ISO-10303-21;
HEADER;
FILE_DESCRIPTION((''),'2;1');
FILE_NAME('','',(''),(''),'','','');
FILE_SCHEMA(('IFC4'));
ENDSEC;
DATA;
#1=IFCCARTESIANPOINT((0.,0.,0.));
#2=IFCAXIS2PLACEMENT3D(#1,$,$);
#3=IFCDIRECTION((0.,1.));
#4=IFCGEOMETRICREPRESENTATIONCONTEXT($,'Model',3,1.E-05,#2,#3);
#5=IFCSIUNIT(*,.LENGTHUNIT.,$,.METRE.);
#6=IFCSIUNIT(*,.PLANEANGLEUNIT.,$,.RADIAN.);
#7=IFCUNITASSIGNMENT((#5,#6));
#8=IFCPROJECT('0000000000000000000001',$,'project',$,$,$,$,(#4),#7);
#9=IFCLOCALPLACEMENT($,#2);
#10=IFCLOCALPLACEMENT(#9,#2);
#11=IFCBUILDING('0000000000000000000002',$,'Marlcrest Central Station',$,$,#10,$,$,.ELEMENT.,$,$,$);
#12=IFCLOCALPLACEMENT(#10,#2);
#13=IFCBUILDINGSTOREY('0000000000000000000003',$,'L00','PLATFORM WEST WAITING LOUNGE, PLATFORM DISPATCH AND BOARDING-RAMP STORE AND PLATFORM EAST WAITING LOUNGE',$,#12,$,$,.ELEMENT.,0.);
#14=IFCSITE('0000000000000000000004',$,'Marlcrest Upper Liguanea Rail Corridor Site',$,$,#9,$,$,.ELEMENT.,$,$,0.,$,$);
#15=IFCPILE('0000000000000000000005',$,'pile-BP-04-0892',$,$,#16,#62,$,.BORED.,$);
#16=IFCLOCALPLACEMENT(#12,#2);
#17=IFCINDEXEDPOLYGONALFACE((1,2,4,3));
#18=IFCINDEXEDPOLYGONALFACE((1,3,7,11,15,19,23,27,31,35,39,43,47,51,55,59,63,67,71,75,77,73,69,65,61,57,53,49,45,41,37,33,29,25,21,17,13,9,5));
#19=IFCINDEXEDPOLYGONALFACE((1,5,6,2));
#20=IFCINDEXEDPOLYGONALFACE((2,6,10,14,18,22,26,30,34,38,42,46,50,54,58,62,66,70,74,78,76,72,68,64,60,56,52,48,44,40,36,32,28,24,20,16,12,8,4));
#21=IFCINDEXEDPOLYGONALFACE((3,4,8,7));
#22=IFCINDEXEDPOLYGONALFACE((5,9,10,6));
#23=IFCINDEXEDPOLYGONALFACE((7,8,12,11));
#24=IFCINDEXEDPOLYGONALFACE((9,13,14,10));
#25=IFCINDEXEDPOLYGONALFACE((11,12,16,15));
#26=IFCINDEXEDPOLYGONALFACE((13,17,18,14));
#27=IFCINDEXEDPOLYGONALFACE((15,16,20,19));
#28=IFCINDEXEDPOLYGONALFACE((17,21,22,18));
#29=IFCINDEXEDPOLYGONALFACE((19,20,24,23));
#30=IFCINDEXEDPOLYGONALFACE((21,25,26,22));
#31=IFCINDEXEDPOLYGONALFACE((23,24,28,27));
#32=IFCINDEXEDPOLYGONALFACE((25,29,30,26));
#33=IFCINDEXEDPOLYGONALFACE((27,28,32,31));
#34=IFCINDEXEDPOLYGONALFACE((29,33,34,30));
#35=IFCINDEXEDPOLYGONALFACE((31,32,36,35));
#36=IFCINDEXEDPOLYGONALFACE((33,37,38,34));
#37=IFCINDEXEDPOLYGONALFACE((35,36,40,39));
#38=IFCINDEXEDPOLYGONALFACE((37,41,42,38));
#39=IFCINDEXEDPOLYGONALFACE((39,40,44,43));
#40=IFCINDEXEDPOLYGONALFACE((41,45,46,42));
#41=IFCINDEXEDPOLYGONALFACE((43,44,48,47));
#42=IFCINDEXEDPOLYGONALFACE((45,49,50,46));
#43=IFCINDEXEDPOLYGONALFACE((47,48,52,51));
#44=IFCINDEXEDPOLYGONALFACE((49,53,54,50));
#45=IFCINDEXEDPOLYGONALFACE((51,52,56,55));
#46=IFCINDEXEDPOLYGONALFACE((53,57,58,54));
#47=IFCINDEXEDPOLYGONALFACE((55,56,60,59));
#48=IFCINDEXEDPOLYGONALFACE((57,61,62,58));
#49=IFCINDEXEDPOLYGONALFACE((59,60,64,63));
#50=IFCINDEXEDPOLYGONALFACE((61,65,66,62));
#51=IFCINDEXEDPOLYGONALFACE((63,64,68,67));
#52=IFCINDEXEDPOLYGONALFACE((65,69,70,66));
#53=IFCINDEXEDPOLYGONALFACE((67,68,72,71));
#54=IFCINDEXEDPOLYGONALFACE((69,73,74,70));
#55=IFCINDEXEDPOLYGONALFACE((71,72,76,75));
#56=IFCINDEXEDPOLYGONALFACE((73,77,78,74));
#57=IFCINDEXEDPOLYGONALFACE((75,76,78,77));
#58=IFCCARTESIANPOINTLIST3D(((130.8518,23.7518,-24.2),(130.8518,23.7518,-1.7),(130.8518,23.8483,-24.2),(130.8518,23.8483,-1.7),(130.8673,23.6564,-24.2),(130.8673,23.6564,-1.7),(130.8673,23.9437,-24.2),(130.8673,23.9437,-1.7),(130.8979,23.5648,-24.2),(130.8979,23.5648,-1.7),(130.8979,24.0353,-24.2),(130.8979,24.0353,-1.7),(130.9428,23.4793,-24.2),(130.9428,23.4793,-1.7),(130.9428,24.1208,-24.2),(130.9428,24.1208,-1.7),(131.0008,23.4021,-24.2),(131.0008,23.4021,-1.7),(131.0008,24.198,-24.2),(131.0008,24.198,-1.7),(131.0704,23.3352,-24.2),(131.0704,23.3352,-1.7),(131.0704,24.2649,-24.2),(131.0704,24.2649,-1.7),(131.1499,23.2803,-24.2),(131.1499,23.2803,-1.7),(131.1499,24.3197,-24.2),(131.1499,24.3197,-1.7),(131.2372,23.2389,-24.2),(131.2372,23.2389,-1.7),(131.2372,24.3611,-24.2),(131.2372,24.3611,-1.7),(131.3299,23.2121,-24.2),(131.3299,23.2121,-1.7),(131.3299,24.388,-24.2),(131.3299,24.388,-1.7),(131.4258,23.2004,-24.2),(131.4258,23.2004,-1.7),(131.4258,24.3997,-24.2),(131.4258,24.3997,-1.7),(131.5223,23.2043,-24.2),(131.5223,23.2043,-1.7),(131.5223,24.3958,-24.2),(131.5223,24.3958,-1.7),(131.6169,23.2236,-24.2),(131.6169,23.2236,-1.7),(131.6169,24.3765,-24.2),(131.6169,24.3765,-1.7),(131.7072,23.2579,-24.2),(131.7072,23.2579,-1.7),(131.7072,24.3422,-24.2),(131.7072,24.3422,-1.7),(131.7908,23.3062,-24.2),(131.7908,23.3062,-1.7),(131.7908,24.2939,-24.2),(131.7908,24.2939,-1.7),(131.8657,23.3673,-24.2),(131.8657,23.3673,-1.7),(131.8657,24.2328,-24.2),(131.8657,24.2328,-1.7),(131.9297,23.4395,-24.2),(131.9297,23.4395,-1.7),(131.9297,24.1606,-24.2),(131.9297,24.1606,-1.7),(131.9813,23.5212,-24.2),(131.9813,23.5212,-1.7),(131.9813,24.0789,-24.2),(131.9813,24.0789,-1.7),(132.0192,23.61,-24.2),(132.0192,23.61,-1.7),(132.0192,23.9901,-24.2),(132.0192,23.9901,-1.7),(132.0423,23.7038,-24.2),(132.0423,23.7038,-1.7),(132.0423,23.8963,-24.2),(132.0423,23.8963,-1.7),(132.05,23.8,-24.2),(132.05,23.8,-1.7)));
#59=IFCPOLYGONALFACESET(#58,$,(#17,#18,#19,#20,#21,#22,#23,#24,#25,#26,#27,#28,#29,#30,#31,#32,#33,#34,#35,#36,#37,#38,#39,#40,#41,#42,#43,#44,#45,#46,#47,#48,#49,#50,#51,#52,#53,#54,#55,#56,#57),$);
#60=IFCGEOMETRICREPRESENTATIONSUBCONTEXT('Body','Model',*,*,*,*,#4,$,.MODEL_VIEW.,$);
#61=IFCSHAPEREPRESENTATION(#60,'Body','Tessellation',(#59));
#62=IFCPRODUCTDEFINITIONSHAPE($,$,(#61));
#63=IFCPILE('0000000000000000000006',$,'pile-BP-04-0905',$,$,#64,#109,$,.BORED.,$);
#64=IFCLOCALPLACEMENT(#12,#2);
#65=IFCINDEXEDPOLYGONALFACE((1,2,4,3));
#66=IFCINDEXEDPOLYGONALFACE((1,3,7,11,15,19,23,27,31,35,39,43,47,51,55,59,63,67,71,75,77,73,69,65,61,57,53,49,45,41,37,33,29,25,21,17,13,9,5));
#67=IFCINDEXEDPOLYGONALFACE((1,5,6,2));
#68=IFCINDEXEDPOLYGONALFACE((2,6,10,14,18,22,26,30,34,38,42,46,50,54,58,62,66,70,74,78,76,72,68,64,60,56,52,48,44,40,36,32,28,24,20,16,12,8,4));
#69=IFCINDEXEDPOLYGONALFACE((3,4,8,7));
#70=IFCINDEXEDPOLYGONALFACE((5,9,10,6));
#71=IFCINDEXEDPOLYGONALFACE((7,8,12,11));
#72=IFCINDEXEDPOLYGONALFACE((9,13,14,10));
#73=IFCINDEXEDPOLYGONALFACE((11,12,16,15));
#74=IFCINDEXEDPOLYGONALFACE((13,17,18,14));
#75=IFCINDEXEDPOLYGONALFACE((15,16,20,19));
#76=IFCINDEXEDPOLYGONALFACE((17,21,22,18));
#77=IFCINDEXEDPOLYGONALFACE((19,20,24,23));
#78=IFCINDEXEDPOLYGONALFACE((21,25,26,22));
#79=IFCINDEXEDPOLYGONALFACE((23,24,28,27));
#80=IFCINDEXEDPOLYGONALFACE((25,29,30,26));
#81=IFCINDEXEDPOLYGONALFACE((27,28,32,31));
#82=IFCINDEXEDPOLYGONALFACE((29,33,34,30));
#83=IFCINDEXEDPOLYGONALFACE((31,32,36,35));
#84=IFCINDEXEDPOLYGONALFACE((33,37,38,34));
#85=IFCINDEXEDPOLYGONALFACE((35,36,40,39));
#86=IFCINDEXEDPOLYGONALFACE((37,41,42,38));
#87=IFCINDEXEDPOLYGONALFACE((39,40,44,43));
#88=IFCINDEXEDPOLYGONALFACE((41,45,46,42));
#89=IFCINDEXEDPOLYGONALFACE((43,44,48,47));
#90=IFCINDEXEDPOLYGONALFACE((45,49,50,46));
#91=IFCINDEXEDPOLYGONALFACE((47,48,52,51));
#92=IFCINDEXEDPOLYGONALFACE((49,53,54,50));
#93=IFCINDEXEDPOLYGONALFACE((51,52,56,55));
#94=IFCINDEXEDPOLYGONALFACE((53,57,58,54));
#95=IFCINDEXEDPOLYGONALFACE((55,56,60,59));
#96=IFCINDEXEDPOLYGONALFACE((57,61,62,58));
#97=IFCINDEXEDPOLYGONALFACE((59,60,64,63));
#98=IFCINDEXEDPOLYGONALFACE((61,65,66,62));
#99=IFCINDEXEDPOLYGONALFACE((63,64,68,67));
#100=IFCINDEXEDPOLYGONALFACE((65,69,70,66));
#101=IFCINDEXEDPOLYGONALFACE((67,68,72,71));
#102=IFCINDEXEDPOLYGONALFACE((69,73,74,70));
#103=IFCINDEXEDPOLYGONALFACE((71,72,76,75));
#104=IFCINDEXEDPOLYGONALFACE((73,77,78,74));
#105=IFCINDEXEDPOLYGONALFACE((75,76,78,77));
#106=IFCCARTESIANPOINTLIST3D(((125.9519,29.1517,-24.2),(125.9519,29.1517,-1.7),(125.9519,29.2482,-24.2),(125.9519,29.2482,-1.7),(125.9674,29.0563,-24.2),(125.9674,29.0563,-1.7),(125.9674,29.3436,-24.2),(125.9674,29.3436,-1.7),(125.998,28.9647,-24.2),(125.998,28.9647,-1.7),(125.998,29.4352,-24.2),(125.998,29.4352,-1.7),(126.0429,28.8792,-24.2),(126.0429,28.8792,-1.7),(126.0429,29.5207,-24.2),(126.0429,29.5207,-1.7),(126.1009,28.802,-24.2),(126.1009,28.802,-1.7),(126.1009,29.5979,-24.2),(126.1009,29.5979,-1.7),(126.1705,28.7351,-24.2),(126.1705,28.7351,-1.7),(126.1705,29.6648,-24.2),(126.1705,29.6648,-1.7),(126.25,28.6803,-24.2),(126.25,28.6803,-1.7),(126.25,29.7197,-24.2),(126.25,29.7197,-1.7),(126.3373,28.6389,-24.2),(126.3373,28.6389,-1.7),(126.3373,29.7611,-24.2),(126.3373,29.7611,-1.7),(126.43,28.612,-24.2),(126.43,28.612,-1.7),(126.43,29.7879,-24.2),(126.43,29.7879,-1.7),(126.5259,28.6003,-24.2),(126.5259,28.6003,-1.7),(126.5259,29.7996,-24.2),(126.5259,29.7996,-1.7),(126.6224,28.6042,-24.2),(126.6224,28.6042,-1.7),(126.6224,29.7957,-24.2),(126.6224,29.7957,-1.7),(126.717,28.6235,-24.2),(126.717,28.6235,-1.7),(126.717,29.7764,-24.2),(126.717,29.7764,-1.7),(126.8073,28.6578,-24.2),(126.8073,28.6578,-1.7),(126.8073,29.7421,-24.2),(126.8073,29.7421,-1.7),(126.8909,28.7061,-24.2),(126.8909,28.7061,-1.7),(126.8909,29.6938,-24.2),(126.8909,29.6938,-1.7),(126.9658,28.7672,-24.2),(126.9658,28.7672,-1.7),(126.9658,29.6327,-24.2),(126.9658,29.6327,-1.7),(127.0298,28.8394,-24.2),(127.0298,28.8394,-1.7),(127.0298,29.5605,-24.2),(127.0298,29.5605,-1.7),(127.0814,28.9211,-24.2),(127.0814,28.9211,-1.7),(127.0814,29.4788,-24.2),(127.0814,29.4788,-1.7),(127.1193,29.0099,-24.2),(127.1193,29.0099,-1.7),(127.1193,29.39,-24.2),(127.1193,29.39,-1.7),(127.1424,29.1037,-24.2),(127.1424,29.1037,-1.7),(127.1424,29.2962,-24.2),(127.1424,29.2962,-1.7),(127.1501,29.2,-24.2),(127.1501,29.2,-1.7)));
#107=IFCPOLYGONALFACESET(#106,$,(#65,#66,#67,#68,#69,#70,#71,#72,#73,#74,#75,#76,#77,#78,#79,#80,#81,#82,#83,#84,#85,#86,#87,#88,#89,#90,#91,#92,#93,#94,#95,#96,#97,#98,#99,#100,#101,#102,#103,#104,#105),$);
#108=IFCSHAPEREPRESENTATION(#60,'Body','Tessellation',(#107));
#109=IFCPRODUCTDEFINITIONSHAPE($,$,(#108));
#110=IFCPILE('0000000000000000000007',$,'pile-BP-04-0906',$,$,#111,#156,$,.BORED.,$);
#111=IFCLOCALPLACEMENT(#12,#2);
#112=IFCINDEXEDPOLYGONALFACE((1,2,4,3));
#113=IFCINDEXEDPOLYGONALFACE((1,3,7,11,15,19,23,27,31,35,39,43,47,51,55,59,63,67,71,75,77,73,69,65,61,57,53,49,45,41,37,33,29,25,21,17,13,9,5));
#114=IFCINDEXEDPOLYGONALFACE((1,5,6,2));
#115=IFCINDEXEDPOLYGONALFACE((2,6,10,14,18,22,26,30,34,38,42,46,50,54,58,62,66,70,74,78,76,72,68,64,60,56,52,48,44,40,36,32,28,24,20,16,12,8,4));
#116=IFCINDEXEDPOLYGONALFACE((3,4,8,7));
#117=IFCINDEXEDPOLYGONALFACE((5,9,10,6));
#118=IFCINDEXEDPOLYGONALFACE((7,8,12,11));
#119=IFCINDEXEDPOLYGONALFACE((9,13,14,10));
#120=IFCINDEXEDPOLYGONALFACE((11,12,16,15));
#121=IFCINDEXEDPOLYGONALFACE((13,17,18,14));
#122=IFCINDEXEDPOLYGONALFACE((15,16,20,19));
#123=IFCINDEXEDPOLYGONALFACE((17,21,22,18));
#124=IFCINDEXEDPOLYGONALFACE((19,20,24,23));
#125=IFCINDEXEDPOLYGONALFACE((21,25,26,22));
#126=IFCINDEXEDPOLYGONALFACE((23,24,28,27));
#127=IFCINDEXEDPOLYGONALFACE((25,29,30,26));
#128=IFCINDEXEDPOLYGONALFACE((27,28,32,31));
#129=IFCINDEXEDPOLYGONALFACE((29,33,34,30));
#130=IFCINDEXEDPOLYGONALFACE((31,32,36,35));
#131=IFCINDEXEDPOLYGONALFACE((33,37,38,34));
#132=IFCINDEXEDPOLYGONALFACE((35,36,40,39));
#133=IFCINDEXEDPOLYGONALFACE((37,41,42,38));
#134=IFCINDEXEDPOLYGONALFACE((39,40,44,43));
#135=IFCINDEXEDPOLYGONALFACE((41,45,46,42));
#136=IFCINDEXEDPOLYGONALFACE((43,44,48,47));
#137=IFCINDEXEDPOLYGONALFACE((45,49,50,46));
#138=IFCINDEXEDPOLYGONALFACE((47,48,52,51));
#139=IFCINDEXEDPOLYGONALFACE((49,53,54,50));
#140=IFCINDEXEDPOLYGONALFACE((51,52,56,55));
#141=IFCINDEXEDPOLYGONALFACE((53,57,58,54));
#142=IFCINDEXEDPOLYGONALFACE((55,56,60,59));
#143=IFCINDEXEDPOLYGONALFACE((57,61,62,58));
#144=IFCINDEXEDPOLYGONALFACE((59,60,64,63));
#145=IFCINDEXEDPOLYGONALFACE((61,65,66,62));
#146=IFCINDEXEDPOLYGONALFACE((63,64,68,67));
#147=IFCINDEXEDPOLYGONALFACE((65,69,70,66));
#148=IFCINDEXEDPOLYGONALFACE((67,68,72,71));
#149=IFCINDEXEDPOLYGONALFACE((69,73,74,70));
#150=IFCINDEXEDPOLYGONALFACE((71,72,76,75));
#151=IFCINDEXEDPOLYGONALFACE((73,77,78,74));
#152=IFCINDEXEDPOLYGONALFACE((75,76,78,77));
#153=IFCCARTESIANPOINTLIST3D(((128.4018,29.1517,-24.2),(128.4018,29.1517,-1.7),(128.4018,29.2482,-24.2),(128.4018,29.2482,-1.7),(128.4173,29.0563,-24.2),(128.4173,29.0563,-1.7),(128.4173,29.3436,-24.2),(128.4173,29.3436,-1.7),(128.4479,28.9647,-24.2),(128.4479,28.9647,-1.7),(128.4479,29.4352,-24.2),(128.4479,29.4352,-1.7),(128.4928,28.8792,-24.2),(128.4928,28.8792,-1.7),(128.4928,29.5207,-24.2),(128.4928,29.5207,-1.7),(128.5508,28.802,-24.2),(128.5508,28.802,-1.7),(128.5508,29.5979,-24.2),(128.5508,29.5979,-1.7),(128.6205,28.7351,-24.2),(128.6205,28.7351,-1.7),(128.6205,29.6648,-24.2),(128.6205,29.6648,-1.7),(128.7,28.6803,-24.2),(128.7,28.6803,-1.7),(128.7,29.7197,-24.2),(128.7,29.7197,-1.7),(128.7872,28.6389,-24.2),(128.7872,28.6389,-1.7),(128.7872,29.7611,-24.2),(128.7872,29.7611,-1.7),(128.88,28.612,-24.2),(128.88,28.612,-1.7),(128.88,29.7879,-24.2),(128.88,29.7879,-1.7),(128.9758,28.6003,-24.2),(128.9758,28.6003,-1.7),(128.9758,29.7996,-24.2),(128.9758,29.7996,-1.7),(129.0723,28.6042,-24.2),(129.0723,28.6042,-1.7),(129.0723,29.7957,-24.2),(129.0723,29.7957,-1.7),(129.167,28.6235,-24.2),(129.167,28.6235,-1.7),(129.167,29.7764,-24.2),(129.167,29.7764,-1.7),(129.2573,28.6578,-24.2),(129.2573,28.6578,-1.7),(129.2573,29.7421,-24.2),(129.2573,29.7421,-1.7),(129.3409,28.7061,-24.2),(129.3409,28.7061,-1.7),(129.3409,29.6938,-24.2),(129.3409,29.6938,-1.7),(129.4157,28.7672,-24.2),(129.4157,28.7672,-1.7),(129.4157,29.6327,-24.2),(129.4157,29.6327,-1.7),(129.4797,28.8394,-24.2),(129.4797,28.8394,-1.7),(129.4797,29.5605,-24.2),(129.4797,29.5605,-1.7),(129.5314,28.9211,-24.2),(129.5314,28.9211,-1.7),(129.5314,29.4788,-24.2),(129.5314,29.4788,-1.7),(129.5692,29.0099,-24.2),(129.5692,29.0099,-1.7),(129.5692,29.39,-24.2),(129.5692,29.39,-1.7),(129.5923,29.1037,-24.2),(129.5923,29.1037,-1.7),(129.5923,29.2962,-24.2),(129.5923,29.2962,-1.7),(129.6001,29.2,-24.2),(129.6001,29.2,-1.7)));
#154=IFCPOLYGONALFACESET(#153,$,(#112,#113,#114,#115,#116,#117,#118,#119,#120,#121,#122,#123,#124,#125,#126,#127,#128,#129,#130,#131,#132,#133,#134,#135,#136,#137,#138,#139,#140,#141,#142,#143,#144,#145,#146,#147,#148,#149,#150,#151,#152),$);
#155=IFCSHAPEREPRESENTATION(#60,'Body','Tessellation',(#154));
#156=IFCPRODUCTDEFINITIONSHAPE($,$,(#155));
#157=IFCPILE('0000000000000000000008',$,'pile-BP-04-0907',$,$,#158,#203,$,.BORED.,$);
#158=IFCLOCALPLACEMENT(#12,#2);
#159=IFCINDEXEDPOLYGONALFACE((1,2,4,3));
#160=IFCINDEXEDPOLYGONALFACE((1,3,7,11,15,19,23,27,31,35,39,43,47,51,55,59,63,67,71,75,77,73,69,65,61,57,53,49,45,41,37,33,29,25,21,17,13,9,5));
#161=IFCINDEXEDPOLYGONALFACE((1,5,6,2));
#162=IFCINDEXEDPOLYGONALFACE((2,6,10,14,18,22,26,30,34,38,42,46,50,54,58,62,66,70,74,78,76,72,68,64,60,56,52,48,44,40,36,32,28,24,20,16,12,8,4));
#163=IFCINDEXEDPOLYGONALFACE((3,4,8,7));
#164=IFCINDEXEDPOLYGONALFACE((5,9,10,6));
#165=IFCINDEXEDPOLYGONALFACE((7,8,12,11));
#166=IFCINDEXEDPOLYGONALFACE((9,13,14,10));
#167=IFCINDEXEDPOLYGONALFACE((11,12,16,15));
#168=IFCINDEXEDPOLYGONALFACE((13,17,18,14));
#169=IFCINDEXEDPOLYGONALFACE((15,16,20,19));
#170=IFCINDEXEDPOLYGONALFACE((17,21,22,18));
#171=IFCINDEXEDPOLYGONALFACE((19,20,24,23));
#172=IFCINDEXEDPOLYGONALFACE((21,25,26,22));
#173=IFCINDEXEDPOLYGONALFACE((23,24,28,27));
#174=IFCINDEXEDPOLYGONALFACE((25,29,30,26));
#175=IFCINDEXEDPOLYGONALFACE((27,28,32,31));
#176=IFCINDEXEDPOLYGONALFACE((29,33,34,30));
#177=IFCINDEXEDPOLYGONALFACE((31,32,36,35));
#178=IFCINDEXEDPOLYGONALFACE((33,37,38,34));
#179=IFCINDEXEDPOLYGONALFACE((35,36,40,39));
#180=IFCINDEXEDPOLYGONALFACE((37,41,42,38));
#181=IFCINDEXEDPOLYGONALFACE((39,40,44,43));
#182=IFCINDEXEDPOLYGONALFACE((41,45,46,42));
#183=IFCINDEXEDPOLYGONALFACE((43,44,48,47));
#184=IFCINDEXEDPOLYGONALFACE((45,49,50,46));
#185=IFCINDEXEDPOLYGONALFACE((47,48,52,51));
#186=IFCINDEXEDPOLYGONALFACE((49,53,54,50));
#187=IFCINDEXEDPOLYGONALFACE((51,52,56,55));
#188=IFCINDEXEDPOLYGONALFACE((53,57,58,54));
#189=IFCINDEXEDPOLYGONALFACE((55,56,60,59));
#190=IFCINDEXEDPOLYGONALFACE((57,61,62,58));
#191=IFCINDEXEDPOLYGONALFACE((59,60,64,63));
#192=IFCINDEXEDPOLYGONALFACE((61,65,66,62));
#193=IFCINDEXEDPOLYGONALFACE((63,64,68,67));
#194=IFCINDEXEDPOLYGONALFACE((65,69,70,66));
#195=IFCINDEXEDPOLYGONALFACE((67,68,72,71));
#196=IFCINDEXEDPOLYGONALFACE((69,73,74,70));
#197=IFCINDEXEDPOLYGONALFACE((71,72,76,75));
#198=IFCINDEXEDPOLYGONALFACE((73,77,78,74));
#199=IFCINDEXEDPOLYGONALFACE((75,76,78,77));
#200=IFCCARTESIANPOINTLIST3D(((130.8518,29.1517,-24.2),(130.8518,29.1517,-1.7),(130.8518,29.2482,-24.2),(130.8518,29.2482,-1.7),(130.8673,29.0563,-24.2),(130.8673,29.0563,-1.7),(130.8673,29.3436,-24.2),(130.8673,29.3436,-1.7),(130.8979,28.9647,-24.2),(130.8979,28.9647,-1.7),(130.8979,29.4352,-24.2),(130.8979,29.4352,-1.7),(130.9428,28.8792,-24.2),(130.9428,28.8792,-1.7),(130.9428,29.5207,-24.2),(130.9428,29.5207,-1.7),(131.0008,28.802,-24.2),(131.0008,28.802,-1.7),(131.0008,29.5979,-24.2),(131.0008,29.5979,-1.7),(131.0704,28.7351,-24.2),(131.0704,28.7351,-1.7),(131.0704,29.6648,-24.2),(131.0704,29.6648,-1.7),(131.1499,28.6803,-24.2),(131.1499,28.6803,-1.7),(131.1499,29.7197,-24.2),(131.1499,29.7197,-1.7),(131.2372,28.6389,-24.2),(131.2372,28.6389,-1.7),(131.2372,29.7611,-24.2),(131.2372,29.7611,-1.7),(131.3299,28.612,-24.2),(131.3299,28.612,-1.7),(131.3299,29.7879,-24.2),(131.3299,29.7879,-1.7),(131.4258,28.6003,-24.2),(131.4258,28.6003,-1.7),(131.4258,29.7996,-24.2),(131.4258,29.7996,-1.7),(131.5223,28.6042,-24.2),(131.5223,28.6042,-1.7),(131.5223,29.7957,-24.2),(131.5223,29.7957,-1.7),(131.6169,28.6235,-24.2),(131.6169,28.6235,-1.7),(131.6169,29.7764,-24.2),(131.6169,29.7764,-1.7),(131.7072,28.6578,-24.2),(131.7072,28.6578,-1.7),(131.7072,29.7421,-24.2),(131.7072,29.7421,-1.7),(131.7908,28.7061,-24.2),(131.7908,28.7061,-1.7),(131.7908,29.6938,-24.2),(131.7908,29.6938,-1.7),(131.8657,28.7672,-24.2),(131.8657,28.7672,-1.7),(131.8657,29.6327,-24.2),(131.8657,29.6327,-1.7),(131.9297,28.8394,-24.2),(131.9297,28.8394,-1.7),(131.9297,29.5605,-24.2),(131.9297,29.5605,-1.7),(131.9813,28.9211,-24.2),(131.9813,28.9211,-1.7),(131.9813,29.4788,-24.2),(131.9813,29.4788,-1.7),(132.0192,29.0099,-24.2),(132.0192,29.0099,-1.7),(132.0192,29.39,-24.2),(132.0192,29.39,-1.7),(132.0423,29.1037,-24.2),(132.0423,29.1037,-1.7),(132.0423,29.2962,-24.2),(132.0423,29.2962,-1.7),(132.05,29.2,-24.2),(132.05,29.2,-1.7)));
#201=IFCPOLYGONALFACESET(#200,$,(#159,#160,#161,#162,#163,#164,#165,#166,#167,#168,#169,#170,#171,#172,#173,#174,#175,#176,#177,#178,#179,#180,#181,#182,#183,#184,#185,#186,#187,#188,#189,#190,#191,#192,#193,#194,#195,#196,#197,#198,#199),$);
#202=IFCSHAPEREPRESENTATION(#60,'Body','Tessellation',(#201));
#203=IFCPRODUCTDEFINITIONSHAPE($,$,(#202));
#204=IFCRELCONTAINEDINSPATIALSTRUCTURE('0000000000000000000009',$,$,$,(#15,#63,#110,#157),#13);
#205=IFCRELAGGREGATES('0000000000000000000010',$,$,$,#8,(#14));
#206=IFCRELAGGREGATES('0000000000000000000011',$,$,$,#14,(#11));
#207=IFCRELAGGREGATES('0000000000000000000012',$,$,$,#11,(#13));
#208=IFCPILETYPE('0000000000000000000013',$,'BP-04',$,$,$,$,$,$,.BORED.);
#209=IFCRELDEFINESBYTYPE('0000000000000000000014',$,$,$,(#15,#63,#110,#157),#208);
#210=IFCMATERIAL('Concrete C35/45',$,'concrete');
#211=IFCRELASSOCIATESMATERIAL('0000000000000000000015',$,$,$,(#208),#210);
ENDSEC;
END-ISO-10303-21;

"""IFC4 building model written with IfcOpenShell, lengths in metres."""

from ifc_helpers import new_model, si_unit, direction, frame, origin, origin_2d, place, context, subcontext, project, spatial, circle, extrude, material, material_profile, profile_set, type_object, element, save


model = new_model("IFC4")

# Units and contexts
model_context = context("Model", 3, precision=1e-05, world=origin(), true_north=direction((0.0, 1.0)))
body_context = subcontext(model_context, "Body", "Model", "MODEL_VIEW")
ifc_project = project(units=[si_unit("LENGTHUNIT", "METRE"), si_unit("PLANEANGLEUNIT", "RADIAN")], contexts=[model_context])

# Site, building, storey
site_placement = place(None, origin())
site = spatial("IfcSite", under=ifc_project, at=site_placement, Name="Marlcrest Upper Liguanea Rail Corridor Site", CompositionType="ELEMENT", RefElevation=0.0)
building_placement = place(site_placement, origin())
building = spatial("IfcBuilding", under=site, at=building_placement, Name="Marlcrest Central Station", CompositionType="ELEMENT")
storey_placement = place(building_placement, origin())
storey = spatial("IfcBuildingStorey", under=building, at=storey_placement, Name="L00", Description="PLATFORM WEST WAITING LOUNGE, PLATFORM DISPATCH AND BOARDING-RAMP STORE AND PLATFORM EAST WAITING LOUNGE", CompositionType="ELEMENT", Elevation=0.0)

# Piles
ifc_material_1 = material(Name="Concrete C35/45", Category="concrete")
ifc_material_profile_1 = material_profile(ifc_material_1, circle(Radius=0.6001, at=origin_2d()), Name="PILE D1200")
ifc_profile_set_1 = profile_set([ifc_material_profile_1], Name="Concrete C35/45")
pile_type = type_object("IfcPileType", Name="BP-04", PredefinedType="BORED", material=ifc_profile_set_1)
for number, where, z_axis, x_axis, name in (
    (1, (131.45, 23.8, -1.7), (0.0, 0.0, -1.0), (1.0, 0.0, 0.0), "pile-BP-04-0892"),
    (2, (126.55, 29.2, -1.7), (0.0, 0.0, -1.0), (1.0, 0.0, 0.0), "pile-BP-04-0905"),
    (3, (129.0, 29.2, -1.7), (0.0, 0.0, -1.0), (1.0, 0.0, 0.0), "pile-BP-04-0906"),
    (4, (131.45, 29.2, -1.7), (0.0, 0.0, -1.0), (1.0, 0.0, 0.0), "pile-BP-04-0907"),
):
    element("IfcPile", number, at=place(storey_placement, frame(where, z_axis=z_axis, x_axis=x_axis)), inside=storey, type_object=pile_type, Name=name, PredefinedType="BORED", context=body_context, shape_type="SweptSolid", body=[
        extrude(circle(Radius=0.6001, at=origin_2d()), origin(), (0.0, 0.0, 1.0), 22.5),
    ])

save(model, "model.ifc")
